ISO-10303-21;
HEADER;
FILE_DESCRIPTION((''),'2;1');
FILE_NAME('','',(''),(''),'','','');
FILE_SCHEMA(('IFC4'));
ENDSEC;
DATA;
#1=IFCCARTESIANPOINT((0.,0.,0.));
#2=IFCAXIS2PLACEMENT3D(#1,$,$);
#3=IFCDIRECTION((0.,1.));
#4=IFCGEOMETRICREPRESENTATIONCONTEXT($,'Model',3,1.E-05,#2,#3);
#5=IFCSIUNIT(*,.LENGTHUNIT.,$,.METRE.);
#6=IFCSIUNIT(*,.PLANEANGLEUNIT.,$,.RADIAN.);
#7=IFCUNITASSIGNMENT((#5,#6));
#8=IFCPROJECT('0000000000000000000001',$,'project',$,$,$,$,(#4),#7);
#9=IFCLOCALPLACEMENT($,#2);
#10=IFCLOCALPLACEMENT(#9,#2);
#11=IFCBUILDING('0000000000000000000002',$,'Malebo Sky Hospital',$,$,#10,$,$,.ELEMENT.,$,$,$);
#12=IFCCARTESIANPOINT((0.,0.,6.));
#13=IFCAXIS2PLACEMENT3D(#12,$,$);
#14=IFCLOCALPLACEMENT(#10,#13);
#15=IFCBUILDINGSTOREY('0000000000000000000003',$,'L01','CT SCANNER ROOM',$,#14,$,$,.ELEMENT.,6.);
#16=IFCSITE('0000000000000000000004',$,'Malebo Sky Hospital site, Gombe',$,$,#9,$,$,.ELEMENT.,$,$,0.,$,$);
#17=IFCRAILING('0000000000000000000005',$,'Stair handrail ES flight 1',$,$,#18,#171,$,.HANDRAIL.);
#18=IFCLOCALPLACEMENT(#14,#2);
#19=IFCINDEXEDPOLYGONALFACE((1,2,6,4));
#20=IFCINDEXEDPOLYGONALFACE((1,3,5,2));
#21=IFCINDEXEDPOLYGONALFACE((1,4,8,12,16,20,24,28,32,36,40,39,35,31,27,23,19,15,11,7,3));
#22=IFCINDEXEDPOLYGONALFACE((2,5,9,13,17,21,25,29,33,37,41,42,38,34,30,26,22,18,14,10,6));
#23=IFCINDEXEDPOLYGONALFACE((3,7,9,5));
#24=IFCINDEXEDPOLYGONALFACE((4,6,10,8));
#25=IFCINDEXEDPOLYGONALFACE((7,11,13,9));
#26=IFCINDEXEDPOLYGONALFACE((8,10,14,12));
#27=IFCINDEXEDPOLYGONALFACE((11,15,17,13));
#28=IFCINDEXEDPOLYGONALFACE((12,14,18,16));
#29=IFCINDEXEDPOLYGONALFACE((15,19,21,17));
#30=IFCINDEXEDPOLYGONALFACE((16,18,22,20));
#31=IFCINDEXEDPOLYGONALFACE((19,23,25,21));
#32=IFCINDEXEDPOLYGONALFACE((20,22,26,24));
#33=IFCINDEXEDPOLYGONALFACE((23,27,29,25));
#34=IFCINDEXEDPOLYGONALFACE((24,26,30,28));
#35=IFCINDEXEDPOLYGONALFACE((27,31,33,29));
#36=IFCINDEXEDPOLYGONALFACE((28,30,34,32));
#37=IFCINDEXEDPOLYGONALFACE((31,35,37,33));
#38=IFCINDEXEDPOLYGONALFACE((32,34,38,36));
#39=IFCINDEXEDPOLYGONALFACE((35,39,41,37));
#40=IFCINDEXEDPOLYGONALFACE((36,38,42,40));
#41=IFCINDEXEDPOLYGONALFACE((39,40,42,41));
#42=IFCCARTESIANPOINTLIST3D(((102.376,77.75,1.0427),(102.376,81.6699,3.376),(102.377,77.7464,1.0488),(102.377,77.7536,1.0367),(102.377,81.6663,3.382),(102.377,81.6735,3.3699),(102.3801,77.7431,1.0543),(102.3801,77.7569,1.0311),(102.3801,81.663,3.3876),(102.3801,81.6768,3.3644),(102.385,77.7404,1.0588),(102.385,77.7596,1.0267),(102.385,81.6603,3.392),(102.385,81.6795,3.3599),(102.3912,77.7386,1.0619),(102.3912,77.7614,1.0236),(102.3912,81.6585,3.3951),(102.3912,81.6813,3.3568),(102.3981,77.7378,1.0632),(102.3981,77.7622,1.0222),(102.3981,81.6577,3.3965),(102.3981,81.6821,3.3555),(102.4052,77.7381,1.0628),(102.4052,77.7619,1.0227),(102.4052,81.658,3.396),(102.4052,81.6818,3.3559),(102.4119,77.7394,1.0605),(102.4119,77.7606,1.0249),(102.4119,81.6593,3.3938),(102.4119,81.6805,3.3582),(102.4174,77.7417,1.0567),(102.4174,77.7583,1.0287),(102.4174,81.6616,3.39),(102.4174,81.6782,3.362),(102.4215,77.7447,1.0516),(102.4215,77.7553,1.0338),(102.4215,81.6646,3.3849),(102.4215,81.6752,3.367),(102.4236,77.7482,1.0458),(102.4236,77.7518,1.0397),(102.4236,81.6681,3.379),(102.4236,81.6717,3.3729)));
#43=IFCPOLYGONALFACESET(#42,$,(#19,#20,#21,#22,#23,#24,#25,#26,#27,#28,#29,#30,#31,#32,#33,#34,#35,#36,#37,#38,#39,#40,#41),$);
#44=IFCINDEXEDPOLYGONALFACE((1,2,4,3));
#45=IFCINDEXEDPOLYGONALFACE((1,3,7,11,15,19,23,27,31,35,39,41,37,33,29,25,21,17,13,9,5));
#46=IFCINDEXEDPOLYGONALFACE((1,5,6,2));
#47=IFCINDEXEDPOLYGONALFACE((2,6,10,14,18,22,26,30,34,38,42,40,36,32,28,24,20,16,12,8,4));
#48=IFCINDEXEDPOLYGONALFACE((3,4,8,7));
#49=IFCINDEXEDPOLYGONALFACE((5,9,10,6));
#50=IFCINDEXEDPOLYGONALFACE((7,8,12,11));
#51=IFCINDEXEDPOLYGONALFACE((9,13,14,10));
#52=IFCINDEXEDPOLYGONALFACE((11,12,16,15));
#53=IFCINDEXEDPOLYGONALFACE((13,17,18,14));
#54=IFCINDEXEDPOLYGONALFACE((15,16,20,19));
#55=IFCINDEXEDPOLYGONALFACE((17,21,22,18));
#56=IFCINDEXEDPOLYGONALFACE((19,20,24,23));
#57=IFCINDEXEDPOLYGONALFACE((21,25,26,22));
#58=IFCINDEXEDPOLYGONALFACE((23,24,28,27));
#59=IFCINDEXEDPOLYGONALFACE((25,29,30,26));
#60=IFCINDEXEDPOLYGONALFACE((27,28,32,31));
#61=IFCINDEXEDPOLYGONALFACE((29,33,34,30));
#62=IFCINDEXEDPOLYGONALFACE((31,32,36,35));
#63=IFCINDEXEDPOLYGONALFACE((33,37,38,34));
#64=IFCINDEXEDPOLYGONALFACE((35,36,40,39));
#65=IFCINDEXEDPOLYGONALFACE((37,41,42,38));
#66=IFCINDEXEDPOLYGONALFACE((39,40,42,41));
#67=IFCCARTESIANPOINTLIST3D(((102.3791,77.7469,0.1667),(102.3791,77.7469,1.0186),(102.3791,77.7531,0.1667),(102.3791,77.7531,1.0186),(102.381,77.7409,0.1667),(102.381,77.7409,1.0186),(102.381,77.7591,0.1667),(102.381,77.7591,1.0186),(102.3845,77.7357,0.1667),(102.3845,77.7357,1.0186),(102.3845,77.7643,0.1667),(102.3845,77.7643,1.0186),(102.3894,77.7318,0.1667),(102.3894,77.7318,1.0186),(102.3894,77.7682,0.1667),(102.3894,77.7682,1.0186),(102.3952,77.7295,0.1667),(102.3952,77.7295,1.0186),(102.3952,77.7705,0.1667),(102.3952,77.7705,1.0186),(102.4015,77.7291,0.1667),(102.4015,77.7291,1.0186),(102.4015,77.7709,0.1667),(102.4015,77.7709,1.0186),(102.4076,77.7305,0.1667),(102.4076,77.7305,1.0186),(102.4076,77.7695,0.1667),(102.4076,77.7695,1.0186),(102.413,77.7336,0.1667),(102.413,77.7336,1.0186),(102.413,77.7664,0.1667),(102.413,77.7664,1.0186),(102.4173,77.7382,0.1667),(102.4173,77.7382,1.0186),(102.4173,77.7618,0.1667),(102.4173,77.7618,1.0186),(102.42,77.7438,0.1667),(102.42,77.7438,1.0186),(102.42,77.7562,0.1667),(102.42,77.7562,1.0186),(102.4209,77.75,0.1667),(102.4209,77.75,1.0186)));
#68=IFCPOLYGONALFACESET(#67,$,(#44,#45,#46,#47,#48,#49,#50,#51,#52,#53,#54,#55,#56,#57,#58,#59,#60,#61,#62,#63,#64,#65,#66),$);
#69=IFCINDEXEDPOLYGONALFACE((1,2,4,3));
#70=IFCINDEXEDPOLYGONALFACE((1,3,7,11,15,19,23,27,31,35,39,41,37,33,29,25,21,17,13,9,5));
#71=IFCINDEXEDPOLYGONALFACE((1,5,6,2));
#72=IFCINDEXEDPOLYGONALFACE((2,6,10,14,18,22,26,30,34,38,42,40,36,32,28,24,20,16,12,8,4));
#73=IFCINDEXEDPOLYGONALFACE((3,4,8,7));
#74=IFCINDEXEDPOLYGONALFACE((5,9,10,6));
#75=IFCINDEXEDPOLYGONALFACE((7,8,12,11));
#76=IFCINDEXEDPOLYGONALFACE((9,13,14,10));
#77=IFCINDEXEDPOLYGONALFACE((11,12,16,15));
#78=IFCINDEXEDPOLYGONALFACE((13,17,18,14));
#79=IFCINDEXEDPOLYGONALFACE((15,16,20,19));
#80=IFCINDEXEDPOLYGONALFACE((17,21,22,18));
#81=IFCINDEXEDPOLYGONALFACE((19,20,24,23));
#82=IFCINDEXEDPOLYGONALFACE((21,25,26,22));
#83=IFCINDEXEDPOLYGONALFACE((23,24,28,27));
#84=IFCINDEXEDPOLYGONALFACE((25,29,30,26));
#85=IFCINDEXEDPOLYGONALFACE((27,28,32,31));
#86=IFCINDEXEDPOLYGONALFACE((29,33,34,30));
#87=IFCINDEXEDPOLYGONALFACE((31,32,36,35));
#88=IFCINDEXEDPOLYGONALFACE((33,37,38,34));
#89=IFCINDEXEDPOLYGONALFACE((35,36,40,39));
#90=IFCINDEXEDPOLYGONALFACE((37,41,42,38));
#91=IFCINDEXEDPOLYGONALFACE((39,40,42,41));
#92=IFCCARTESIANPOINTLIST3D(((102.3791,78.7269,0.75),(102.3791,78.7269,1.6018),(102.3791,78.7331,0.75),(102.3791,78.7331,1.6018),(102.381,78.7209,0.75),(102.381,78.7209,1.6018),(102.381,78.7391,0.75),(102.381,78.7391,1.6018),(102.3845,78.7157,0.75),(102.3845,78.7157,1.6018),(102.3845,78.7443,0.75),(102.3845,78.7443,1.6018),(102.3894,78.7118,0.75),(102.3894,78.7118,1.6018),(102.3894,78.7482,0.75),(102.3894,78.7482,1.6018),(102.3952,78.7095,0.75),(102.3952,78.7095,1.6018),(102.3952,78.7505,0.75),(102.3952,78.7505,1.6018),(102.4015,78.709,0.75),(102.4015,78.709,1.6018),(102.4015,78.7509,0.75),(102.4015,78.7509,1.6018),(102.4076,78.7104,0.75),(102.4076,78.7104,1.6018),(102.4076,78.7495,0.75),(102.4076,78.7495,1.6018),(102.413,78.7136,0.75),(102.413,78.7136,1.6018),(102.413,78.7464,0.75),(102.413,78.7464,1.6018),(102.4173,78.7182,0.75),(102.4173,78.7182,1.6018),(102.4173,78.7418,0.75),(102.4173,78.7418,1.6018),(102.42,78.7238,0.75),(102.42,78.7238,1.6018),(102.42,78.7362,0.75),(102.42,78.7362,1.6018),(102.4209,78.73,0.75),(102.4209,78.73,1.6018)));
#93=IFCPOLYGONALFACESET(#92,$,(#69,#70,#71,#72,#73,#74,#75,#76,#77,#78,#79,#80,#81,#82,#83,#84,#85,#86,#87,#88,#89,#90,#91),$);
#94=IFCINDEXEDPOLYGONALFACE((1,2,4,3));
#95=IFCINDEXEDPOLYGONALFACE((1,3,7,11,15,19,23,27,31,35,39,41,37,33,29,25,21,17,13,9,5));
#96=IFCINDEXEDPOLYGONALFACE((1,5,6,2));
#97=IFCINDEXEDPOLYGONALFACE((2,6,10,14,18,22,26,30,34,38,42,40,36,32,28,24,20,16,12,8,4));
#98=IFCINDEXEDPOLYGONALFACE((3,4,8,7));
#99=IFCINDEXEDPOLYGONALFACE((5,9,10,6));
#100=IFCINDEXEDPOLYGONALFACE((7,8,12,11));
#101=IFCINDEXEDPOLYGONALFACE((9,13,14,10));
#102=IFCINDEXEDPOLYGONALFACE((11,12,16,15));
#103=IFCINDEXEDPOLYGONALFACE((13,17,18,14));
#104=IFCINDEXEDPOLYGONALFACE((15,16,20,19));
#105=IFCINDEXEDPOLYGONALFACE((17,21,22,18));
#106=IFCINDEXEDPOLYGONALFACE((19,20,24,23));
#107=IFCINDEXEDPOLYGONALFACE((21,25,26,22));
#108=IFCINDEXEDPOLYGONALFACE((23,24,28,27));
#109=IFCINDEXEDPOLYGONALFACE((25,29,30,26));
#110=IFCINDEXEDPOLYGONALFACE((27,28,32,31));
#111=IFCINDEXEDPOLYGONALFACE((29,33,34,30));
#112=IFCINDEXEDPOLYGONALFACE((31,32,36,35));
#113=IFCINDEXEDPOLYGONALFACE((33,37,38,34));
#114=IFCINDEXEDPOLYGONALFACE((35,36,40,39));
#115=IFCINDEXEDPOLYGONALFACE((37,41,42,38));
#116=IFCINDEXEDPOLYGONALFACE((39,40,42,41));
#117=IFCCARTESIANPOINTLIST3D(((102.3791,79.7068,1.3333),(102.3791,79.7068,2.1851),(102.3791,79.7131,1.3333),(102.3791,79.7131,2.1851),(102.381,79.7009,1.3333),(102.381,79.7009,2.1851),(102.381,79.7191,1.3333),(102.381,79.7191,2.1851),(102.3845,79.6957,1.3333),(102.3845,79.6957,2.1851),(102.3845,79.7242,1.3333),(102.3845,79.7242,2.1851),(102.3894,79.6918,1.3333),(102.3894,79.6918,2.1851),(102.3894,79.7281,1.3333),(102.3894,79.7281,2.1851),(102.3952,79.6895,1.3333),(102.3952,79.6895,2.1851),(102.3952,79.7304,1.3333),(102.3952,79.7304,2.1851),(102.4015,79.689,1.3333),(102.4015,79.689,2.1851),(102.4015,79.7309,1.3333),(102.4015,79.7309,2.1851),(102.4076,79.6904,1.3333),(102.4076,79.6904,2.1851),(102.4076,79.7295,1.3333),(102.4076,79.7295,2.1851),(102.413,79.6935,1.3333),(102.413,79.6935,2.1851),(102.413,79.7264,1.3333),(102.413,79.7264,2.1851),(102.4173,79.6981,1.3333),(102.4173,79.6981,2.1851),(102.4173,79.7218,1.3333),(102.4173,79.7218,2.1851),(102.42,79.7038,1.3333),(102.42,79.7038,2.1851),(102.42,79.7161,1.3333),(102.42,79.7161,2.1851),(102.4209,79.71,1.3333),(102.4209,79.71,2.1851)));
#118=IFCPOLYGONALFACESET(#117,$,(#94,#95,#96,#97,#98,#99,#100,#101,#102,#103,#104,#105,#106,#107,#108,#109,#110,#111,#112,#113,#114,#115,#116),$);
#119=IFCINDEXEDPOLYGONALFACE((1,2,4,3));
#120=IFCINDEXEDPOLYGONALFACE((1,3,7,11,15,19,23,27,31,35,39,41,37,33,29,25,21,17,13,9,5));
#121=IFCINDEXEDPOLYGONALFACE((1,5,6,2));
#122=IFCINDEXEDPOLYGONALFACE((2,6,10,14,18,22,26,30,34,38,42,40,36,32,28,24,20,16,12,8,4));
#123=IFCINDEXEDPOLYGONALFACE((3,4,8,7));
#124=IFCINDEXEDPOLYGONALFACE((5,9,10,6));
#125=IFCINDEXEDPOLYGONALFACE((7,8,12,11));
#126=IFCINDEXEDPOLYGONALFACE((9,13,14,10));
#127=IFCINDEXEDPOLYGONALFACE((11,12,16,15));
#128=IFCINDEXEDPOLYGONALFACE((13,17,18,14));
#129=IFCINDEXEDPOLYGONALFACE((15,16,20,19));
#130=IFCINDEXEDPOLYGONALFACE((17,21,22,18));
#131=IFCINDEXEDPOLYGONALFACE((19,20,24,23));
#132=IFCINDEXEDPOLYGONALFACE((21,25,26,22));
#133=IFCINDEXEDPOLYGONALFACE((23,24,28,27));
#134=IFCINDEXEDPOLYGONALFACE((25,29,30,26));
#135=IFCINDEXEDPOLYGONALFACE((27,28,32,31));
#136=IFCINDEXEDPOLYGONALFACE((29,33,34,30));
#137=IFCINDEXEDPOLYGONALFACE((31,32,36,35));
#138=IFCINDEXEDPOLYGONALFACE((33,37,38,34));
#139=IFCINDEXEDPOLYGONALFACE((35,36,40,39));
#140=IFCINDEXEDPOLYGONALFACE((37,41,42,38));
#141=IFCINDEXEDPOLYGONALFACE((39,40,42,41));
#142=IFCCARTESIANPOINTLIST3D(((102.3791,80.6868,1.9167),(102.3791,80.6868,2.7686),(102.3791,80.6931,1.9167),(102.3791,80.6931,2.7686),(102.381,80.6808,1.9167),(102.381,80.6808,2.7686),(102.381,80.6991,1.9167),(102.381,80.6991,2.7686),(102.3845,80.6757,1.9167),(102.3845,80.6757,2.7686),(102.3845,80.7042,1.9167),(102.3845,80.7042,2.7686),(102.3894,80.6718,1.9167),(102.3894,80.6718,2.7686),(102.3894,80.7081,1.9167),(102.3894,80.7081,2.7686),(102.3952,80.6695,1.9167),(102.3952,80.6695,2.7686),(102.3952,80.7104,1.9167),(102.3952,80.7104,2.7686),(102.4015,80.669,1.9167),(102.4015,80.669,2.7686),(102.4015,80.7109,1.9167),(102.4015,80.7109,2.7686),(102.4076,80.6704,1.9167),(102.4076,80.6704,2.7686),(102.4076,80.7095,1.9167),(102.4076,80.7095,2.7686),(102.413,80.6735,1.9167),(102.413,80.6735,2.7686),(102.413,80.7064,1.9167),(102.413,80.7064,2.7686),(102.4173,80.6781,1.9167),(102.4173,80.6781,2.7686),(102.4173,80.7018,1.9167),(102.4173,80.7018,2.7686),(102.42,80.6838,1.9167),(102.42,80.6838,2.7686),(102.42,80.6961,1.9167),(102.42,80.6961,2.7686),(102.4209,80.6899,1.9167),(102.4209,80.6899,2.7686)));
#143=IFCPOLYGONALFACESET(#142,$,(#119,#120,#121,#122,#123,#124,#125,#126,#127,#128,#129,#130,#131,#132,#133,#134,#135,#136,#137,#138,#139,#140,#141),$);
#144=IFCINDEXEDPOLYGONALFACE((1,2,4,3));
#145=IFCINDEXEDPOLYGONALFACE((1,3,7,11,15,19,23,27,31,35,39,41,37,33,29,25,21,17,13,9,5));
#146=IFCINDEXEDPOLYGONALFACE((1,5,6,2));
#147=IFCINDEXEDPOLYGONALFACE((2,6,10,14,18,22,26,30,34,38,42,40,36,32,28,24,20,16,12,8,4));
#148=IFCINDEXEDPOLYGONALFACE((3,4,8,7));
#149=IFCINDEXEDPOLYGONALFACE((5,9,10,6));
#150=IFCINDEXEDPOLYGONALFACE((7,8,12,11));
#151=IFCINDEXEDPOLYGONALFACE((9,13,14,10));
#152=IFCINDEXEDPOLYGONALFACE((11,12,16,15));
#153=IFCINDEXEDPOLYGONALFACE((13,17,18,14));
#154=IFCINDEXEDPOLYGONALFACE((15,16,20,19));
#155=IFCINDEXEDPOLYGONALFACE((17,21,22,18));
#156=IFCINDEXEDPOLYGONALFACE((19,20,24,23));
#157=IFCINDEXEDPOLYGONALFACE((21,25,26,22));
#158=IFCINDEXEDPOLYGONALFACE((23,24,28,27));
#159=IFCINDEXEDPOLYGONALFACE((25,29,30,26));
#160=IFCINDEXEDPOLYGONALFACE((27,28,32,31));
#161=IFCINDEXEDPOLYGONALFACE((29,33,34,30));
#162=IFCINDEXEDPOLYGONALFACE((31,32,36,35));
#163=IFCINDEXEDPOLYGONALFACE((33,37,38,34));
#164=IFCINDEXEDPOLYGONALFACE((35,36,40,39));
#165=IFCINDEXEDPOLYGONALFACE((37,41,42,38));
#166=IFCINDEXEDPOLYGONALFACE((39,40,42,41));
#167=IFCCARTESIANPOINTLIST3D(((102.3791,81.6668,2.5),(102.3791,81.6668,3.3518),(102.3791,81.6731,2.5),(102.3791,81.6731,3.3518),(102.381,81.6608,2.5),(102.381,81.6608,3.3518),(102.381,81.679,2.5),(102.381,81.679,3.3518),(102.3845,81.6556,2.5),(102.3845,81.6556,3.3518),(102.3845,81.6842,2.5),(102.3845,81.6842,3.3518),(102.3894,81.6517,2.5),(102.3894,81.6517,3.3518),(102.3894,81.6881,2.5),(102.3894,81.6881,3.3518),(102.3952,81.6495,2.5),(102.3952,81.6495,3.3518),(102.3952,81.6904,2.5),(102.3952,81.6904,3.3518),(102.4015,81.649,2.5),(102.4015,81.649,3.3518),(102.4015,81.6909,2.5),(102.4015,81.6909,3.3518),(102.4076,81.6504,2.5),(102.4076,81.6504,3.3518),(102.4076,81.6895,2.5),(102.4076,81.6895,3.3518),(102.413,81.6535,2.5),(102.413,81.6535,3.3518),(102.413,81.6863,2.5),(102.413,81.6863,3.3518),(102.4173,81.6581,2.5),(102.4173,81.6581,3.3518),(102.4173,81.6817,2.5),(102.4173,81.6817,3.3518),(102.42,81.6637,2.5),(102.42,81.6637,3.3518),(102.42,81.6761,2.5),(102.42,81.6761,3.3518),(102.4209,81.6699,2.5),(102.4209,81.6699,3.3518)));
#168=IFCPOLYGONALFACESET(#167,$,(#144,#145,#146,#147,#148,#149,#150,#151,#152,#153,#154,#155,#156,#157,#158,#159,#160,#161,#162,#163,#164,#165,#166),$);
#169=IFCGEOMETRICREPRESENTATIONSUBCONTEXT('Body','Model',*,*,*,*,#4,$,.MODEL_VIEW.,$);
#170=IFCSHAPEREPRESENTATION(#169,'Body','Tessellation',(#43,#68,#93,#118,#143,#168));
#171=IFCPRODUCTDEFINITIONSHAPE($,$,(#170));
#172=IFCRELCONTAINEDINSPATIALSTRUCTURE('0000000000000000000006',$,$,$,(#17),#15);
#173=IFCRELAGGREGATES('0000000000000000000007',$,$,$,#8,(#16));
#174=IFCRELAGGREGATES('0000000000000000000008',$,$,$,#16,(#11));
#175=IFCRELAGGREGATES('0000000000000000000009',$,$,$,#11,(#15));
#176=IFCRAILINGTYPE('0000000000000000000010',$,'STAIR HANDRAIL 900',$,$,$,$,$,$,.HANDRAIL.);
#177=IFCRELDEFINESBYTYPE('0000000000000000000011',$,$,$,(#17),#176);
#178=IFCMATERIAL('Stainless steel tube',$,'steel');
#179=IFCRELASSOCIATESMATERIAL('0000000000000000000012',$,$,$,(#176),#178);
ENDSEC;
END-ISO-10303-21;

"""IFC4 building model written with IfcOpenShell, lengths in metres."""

from ifc_helpers import new_model, si_unit, direction, frame, origin, origin_2d, place, context, subcontext, project, spatial, circle, extrude, material, type_object, element, save


model = new_model("IFC4")

# Units and contexts
model_context = context("Model", 3, precision=1e-05, world=origin(), true_north=direction((0.0, 1.0)))
body_context = subcontext(model_context, "Body", "Model", "MODEL_VIEW")
ifc_project = project(units=[si_unit("LENGTHUNIT", "METRE"), si_unit("PLANEANGLEUNIT", "RADIAN")], contexts=[model_context])

# Site, building, storey
site_placement = place(None, origin())
site = spatial("IfcSite", under=ifc_project, at=site_placement, Name="Malebo Sky Hospital site, Gombe", CompositionType="ELEMENT", RefElevation=0.0)
building_placement = place(site_placement, origin())
building = spatial("IfcBuilding", under=site, at=building_placement, Name="Malebo Sky Hospital", CompositionType="ELEMENT")
storey_placement = place(building_placement, frame((0.0, 0.0, 6.0)))
storey = spatial("IfcBuildingStorey", under=building, at=storey_placement, Name="L01", Description="CT SCANNER ROOM", CompositionType="ELEMENT", Elevation=6.0)

# Railing
ifc_material_1 = material(Name="Stainless steel tube", Category="steel")
railing_type = type_object("IfcRailingType", Name="STAIR HANDRAIL 900", PredefinedType="HANDRAIL", material=ifc_material_1)
railing_placement = place(storey_placement, frame((102.3999, 77.75, 0.1667)))
element("IfcRailing", 1, at=railing_placement, inside=storey, type_object=railing_type, Name="Stair handrail ES flight 1", PredefinedType="HANDRAIL", context=body_context, shape_type="SweptSolid", body=[
    extrude(circle(Radius=0.0239, at=origin_2d()), frame((0.0, 0.0, 0.876), z_axis=(0.0, 0.859296, 0.511478), x_axis=(-1.0, 0.0, 0.0)), (0.0, 0.0, 1.0), 4.5618),
    extrude(circle(Radius=0.021, at=origin_2d()), origin(), (0.0, 0.0, 1.0), 0.8518),
    extrude(circle(Radius=0.021, at=origin_2d()), frame((0.0, 0.98, 0.5833)), (0.0, 0.0, 1.0), 0.8518),
    extrude(circle(Radius=0.021, at=origin_2d()), frame((0.0, 1.96, 1.1665)), (0.0, 0.0, 1.0), 0.8518),
    extrude(circle(Radius=0.021, at=origin_2d()), frame((0.0, 2.9399, 1.75)), (0.0, 0.0, 1.0), 0.8518),
    extrude(circle(Radius=0.021, at=origin_2d()), frame((0.0, 3.9199, 2.3333)), (0.0, 0.0, 1.0), 0.8518),
])

save(model, "model.ifc")
